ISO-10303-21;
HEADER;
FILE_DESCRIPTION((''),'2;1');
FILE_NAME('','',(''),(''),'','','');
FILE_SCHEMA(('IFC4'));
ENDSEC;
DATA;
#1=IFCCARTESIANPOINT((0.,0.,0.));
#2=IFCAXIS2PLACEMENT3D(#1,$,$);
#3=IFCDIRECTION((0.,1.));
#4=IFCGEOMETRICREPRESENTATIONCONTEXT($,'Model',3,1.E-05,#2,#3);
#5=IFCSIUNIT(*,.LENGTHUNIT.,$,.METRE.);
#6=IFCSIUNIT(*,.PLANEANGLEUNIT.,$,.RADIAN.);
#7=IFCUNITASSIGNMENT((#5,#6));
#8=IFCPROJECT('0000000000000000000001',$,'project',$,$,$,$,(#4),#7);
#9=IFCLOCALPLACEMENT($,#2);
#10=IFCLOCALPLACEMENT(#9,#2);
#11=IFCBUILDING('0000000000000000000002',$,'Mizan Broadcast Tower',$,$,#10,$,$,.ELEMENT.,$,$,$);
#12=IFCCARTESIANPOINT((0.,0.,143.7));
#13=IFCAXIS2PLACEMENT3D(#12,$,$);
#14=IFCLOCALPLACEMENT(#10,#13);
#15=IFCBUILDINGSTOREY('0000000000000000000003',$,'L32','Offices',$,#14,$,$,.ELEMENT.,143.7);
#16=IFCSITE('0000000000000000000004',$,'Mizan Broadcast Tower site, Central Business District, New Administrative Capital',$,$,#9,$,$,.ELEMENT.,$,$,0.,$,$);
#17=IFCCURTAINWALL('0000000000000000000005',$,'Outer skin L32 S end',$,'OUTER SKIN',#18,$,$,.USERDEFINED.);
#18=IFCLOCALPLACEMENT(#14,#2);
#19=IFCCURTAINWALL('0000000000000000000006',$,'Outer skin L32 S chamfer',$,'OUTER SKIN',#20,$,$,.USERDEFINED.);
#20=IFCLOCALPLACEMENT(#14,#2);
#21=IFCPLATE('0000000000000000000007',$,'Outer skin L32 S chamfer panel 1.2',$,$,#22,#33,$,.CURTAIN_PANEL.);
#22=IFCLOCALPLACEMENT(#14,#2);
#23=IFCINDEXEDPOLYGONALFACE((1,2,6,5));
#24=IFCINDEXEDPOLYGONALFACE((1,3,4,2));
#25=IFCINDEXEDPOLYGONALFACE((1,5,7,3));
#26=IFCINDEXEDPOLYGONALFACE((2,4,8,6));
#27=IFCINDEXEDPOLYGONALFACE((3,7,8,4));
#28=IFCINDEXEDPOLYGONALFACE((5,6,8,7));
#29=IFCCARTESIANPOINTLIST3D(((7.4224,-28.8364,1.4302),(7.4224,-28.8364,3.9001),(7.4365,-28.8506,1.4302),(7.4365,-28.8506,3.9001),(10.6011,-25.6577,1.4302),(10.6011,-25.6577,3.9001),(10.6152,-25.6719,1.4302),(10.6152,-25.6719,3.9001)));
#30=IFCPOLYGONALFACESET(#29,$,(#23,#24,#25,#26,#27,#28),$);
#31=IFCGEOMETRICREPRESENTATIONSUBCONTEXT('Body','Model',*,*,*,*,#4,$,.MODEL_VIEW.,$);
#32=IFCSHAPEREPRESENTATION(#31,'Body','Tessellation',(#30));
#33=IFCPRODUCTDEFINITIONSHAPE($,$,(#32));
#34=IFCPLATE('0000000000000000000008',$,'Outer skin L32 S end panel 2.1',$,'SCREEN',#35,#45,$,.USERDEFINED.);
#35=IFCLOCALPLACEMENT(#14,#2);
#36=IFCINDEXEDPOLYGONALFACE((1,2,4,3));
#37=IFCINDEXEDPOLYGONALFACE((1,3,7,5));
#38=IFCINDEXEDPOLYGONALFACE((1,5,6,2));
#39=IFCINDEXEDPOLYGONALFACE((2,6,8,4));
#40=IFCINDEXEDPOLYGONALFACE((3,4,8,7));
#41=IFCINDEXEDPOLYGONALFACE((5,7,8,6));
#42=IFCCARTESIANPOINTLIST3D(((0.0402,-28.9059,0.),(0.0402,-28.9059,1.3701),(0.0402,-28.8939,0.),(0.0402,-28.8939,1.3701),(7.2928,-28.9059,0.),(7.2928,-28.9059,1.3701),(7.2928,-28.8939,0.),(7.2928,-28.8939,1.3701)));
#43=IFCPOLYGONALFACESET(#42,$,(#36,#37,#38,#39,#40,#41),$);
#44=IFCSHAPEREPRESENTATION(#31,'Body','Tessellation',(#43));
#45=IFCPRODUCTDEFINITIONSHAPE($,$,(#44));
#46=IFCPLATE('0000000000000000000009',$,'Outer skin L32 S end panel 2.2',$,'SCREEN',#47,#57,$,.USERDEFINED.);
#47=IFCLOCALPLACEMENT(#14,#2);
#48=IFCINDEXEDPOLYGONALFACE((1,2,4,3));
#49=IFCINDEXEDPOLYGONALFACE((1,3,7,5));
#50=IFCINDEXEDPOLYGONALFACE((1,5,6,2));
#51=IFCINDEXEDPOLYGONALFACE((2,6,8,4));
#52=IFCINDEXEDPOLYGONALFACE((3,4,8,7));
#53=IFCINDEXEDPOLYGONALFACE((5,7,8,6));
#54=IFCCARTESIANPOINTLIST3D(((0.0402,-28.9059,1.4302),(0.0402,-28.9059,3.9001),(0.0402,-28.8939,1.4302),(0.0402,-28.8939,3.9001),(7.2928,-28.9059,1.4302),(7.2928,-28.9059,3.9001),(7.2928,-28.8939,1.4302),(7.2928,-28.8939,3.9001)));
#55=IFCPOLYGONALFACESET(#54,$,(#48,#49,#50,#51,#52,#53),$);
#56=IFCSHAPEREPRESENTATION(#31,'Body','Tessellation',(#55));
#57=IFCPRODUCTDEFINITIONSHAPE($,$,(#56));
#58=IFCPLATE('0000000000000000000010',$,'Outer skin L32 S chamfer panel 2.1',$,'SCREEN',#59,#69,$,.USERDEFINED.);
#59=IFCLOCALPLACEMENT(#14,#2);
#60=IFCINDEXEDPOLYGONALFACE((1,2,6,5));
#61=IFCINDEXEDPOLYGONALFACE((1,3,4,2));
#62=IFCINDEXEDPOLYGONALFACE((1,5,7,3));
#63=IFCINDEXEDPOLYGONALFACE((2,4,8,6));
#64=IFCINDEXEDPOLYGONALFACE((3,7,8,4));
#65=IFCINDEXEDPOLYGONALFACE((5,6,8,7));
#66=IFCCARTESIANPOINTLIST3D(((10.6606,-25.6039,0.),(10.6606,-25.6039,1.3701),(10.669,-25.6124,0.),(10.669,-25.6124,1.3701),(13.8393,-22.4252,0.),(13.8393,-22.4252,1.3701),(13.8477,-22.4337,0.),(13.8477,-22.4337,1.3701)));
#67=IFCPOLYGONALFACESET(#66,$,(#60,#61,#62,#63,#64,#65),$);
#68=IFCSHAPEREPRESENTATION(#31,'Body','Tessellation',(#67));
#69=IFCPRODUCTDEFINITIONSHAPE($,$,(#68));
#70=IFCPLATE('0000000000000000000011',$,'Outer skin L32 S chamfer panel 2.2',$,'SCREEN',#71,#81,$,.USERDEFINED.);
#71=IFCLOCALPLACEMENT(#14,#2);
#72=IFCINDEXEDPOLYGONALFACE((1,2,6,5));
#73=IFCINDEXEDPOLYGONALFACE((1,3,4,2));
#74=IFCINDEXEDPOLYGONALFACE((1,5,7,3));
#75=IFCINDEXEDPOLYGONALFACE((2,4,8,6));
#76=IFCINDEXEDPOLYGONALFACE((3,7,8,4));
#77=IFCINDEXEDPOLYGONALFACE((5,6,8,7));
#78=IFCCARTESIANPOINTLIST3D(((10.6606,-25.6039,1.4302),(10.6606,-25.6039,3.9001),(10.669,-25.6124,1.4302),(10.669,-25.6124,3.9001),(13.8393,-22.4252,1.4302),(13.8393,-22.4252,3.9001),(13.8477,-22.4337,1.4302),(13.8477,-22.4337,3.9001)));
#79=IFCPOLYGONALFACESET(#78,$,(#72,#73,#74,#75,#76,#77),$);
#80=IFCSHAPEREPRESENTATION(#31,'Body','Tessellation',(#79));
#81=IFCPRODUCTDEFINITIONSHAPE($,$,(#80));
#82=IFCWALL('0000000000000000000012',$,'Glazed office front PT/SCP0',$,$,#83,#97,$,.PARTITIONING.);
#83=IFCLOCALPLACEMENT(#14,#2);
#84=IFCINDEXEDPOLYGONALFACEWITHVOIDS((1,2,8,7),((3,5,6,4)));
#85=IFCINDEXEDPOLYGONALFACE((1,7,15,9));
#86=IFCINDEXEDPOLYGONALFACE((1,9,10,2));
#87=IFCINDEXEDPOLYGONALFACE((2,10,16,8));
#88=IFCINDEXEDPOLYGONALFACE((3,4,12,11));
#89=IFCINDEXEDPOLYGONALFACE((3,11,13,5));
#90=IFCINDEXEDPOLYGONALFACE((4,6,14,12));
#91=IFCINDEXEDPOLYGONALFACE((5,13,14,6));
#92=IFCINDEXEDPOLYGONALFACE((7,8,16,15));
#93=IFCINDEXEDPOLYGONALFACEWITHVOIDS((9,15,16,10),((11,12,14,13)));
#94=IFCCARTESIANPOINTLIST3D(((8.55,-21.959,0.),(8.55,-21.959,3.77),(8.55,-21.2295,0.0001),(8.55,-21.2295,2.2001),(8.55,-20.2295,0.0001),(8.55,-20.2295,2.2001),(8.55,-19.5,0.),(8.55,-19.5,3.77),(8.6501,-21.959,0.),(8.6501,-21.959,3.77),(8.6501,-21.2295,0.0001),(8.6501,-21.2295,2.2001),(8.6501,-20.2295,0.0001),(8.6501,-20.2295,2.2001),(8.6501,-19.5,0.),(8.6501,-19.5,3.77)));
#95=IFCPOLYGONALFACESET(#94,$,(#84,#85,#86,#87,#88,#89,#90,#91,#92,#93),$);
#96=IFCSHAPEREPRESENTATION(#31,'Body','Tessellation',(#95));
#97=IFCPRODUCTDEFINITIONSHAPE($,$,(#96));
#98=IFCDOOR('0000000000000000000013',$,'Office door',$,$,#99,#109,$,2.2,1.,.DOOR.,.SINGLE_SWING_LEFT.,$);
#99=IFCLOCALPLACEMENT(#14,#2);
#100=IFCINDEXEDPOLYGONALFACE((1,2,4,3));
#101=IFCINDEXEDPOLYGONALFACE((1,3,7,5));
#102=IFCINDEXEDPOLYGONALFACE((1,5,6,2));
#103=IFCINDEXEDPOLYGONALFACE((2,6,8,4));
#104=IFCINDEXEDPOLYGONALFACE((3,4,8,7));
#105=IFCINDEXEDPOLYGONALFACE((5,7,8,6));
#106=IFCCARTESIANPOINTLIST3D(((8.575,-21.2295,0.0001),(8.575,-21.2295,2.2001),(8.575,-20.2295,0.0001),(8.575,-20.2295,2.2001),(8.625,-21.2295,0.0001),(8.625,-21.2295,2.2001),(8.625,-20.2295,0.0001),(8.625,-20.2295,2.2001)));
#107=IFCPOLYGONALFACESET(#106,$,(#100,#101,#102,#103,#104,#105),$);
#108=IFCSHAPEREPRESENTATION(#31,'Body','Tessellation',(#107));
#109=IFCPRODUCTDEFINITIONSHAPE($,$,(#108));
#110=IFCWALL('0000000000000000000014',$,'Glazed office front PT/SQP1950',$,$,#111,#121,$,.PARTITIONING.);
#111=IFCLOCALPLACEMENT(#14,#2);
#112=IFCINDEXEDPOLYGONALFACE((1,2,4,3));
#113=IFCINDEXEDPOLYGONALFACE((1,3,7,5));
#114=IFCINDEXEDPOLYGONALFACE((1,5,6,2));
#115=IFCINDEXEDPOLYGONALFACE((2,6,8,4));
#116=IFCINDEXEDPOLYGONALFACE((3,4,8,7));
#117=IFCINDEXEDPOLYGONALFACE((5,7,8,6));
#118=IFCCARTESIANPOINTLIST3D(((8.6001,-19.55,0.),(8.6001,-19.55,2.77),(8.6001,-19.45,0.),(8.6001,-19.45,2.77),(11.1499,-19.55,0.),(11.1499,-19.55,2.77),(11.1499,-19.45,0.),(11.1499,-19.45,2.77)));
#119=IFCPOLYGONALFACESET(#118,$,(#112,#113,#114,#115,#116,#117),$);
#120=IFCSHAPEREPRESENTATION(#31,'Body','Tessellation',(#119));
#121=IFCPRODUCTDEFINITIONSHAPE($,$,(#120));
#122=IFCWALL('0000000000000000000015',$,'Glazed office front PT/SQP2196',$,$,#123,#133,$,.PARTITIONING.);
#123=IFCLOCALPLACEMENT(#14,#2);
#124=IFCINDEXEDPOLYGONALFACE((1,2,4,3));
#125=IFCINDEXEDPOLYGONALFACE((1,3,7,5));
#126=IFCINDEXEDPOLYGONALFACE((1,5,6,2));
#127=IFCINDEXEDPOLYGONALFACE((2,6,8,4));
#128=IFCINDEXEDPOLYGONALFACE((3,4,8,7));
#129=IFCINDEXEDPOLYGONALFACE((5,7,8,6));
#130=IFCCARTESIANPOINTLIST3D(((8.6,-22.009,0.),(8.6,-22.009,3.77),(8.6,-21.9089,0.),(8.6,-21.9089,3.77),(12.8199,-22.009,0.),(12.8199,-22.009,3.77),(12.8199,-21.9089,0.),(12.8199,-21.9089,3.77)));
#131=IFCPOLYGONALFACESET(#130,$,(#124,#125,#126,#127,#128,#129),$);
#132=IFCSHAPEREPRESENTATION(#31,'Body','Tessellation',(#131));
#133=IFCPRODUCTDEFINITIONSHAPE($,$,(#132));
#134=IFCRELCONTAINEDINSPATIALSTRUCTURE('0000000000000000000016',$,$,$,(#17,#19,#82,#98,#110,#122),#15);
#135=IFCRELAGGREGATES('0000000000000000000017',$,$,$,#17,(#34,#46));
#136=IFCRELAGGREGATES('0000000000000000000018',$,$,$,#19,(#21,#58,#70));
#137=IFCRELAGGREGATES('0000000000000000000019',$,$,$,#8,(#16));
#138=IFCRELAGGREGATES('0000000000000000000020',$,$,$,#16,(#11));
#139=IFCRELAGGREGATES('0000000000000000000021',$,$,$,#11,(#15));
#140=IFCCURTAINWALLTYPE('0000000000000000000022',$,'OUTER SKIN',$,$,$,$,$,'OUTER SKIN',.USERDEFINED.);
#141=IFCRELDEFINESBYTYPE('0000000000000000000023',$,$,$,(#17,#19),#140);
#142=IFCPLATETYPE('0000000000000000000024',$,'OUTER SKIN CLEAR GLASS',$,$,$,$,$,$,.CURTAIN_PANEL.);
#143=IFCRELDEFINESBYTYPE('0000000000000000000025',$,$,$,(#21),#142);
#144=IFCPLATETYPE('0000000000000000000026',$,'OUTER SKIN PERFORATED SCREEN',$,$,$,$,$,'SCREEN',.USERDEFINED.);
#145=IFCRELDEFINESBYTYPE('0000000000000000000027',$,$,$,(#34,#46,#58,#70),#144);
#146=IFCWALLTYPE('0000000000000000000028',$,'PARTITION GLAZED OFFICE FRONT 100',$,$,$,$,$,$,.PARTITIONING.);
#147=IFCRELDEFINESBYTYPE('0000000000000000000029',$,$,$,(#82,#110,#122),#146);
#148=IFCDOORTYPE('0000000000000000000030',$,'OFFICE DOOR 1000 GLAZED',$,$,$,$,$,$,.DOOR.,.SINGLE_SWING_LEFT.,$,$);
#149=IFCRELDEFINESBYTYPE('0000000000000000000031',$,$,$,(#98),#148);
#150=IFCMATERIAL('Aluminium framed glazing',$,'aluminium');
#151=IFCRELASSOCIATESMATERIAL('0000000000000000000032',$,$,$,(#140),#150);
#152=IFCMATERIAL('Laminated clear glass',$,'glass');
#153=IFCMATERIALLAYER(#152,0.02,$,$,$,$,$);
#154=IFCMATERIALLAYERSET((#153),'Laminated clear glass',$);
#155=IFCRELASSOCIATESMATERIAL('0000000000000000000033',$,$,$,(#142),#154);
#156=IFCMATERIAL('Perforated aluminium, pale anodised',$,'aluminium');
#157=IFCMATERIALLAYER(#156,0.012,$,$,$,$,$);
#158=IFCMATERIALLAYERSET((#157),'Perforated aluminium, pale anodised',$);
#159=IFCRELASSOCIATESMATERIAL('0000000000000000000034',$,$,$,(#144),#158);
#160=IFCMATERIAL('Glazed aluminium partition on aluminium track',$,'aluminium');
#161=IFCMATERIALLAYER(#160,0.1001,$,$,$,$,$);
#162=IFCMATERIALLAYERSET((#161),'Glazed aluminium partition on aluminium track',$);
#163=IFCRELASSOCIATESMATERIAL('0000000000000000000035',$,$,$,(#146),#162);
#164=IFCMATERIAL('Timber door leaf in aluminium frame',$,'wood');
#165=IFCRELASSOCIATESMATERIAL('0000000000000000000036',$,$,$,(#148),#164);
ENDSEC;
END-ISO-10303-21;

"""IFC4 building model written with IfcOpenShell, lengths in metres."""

from ifc_helpers import new_model, si_unit, direction, frame, frame_2d, origin, origin_2d, place, context, subcontext, project, spatial, rectangle, extrude, material, layer, layer_set, type_object, element, fill, aggregate, save


model = new_model("IFC4")

# Units and contexts
model_context = context("Model", 3, precision=1e-05, world=origin(), true_north=direction((0.0, 1.0)))
body_context = subcontext(model_context, "Body", "Model", "MODEL_VIEW")
ifc_project = project(units=[si_unit("LENGTHUNIT", "METRE"), si_unit("PLANEANGLEUNIT", "RADIAN")], contexts=[model_context])

# Site, building, storey
site_placement = place(None, origin())
site = spatial("IfcSite", under=ifc_project, at=site_placement, Name="Mizan Broadcast Tower site, Central Business District, New Administrative Capital", CompositionType="ELEMENT", RefElevation=0.0)
building_placement = place(site_placement, origin())
building = spatial("IfcBuilding", under=site, at=building_placement, Name="Mizan Broadcast Tower", CompositionType="ELEMENT")
storey_placement = place(building_placement, frame((0.0, 0.0, 143.7)))
storey = spatial("IfcBuildingStorey", under=building, at=storey_placement, Name="L32", Description="Offices", CompositionType="ELEMENT", Elevation=143.7)

# Curtain wall
ifc_material_1 = material(Name="Aluminium framed glazing", Category="aluminium")
curtain_wall_type_1 = type_object("IfcCurtainWallType", Name="OUTER SKIN", ElementType="OUTER SKIN", PredefinedType="USERDEFINED", material=ifc_material_1)
curtain_wall_1_placement = place(storey_placement, origin())
curtain_wall_1 = element("IfcCurtainWall", 1, at=curtain_wall_1_placement, inside=storey, type_object=curtain_wall_type_1, Name="Outer skin L32 S end", ObjectType="OUTER SKIN", PredefinedType="USERDEFINED")

# Curtain wall
curtain_wall_2_placement = place(storey_placement, origin())
curtain_wall_2 = element("IfcCurtainWall", 2, at=curtain_wall_2_placement, inside=storey, type_object=curtain_wall_type_1, Name="Outer skin L32 S chamfer", ObjectType="OUTER SKIN", PredefinedType="USERDEFINED")

# Plates
ifc_material_2 = material(Name="Laminated clear glass", Category="glass")
ifc_layer_1 = layer(ifc_material_2, 0.02)
ifc_layer_set_1 = layer_set([ifc_layer_1], Name="Laminated clear glass")
plate_type_1 = type_object("IfcPlateType", Name="OUTER SKIN CLEAR GLASS", PredefinedType="CURTAIN_PANEL", material=ifc_layer_set_1)
plate_1_placement = place(storey_placement, frame((9.0188, -27.2542, 1.4302), z_axis=(0.0, 0.0, 1.0), x_axis=(0.707107, 0.707107, 0.0)))
plate_1 = element("IfcPlate", 3, at=plate_1_placement, type_object=plate_type_1, Name="Outer skin L32 S chamfer panel 1.2", PredefinedType="CURTAIN_PANEL", context=body_context, shape_type="SweptSolid", body=[
    extrude(rectangle(XDim=4.4954, YDim=0.02, at=origin_2d()), origin(), (0.0, 0.0, 1.0), 2.47),
])
ifc_material_3 = material(Name="Perforated aluminium, pale anodised", Category="aluminium")
ifc_layer_2 = layer(ifc_material_3, 0.012)
ifc_layer_set_2 = layer_set([ifc_layer_2], Name="Perforated aluminium, pale anodised")
plate_type_2 = type_object("IfcPlateType", Name="OUTER SKIN PERFORATED SCREEN", ElementType="SCREEN", PredefinedType="USERDEFINED", material=ifc_layer_set_2)
plate_2_placement = place(storey_placement, frame((3.6665, -28.8999, 0.0), z_axis=(0.0, 0.0, 1.0), x_axis=(1.0, 0.0, 0.0)))
plate_2 = element("IfcPlate", 4, at=plate_2_placement, type_object=plate_type_2, Name="Outer skin L32 S end panel 2.1", ObjectType="SCREEN", PredefinedType="USERDEFINED", context=body_context, shape_type="SweptSolid", body=[
    extrude(rectangle(XDim=7.2527, YDim=0.012, at=origin_2d()), origin(), (0.0, 0.0, 1.0), 1.3701),
])
plate_3_placement = place(storey_placement, frame((3.6665, -28.8999, 1.4302), z_axis=(0.0, 0.0, 1.0), x_axis=(1.0, 0.0, 0.0)))
plate_3 = element("IfcPlate", 5, at=plate_3_placement, type_object=plate_type_2, Name="Outer skin L32 S end panel 2.2", ObjectType="SCREEN", PredefinedType="USERDEFINED", context=body_context, shape_type="SweptSolid", body=[
    extrude(rectangle(XDim=7.2527, YDim=0.012, at=origin_2d()), origin(), (0.0, 0.0, 1.0), 2.47),
])
aggregate(curtain_wall_1, [plate_2, plate_3])
plate_4_placement = place(storey_placement, frame((12.2542, -24.0188, 0.0), z_axis=(0.0, 0.0, 1.0), x_axis=(0.707107, 0.707107, 0.0)))
plate_4 = element("IfcPlate", 6, at=plate_4_placement, type_object=plate_type_2, Name="Outer skin L32 S chamfer panel 2.1", ObjectType="SCREEN", PredefinedType="USERDEFINED", context=body_context, shape_type="SweptSolid", body=[
    extrude(rectangle(XDim=4.4954, YDim=0.012, at=origin_2d()), origin(), (0.0, 0.0, 1.0), 1.3701),
])
plate_5_placement = place(storey_placement, frame((12.2542, -24.0188, 1.4302), z_axis=(0.0, 0.0, 1.0), x_axis=(0.707107, 0.707107, 0.0)))
plate_5 = element("IfcPlate", 7, at=plate_5_placement, type_object=plate_type_2, Name="Outer skin L32 S chamfer panel 2.2", ObjectType="SCREEN", PredefinedType="USERDEFINED", context=body_context, shape_type="SweptSolid", body=[
    extrude(rectangle(XDim=4.4954, YDim=0.012, at=origin_2d()), origin(), (0.0, 0.0, 1.0), 2.47),
])
aggregate(curtain_wall_2, [plate_1, plate_4, plate_5])

# Wall, opening, door
ifc_material_4 = material(Name="Glazed aluminium partition on aluminium track", Category="aluminium")
ifc_layer_3 = layer(ifc_material_4, 0.1001)
ifc_layer_set_3 = layer_set([ifc_layer_3], Name="Glazed aluminium partition on aluminium track")
wall_type = type_object("IfcWallType", Name="PARTITION GLAZED OFFICE FRONT 100", PredefinedType="PARTITIONING", material=ifc_layer_set_3)
wall_1_placement = place(storey_placement, frame((8.6001, -19.5, 0.0), z_axis=(0.0, 0.0, 1.0), x_axis=(0.0, -1.0, 0.0)))
wall_1 = element("IfcWall", 8, at=wall_1_placement, inside=storey, type_object=wall_type, Name="Glazed office front PT/SCP0", PredefinedType="PARTITIONING", context=body_context, shape_type="SweptSolid", body=[
    extrude(rectangle(XDim=2.459, YDim=0.1001, at=frame_2d((1.2295, 0.0))), origin(), (0.0, 0.0, 1.0), 3.77),
])
opening_placement = place(wall_1_placement, frame((0.7295, 0.0, 0.0)))
opening = element("IfcOpeningElement", 9, at=opening_placement, cuts=wall_1, PredefinedType="OPENING", context=body_context, shape_type="SweptSolid", body=[
    extrude(rectangle(XDim=1.0, YDim=2.2, at=frame_2d((0.5, 1.1001))), frame((0.0, 0.0601, 0.0), z_axis=(0.0, -1.0, 0.0), x_axis=(1.0, 0.0, 0.0)), (0.0, 0.0, 1.0), 0.1201),
])
ifc_material_5 = material(Name="Timber door leaf in aluminium frame", Category="wood")
door_type = type_object("IfcDoorType", Name="OFFICE DOOR 1000 GLAZED", OperationType="SINGLE_SWING_LEFT", PredefinedType="DOOR", material=ifc_material_5)
door_placement = place(opening_placement, origin())
door = element("IfcDoor", 10, at=door_placement, inside=storey, type_object=door_type, Name="Office door", OperationType="SINGLE_SWING_LEFT", OverallHeight=2.2, OverallWidth=1.0, PredefinedType="DOOR", context=body_context, shape_type="SweptSolid", body=[
    extrude(rectangle(XDim=1.0, YDim=2.2, at=frame_2d((0.5, 1.1001))), frame((0.0, 0.0249, 0.0), z_axis=(0.0, -1.0, 0.0), x_axis=(1.0, 0.0, 0.0)), (0.0, 0.0, 1.0), 0.05),
])
fill(opening, door)

# Walls
wall_2_placement = place(storey_placement, frame((8.6001, -19.5, 0.0), z_axis=(0.0, 0.0, 1.0), x_axis=(1.0, 0.0, 0.0)))
element("IfcWall", 11, at=wall_2_placement, inside=storey, type_object=wall_type, Name="Glazed office front PT/SQP1950", PredefinedType="PARTITIONING", context=body_context, shape_type="SweptSolid", body=[
    extrude(rectangle(XDim=2.5498, YDim=0.1001, at=frame_2d((1.2749, 0.0))), origin(), (0.0, 0.0, 1.0), 2.77),
])
wall_3_placement = place(storey_placement, frame((8.6001, -21.959, 0.0), z_axis=(0.0, 0.0, 1.0), x_axis=(1.0, 0.0, 0.0)))
element("IfcWall", 12, at=wall_3_placement, inside=storey, type_object=wall_type, Name="Glazed office front PT/SQP2196", PredefinedType="PARTITIONING", context=body_context, shape_type="SweptSolid", body=[
    extrude(rectangle(XDim=4.22, YDim=0.1001, at=frame_2d((2.1099, 0.0))), origin(), (0.0, 0.0, 1.0), 3.77),
])

save(model, "model.ifc")
